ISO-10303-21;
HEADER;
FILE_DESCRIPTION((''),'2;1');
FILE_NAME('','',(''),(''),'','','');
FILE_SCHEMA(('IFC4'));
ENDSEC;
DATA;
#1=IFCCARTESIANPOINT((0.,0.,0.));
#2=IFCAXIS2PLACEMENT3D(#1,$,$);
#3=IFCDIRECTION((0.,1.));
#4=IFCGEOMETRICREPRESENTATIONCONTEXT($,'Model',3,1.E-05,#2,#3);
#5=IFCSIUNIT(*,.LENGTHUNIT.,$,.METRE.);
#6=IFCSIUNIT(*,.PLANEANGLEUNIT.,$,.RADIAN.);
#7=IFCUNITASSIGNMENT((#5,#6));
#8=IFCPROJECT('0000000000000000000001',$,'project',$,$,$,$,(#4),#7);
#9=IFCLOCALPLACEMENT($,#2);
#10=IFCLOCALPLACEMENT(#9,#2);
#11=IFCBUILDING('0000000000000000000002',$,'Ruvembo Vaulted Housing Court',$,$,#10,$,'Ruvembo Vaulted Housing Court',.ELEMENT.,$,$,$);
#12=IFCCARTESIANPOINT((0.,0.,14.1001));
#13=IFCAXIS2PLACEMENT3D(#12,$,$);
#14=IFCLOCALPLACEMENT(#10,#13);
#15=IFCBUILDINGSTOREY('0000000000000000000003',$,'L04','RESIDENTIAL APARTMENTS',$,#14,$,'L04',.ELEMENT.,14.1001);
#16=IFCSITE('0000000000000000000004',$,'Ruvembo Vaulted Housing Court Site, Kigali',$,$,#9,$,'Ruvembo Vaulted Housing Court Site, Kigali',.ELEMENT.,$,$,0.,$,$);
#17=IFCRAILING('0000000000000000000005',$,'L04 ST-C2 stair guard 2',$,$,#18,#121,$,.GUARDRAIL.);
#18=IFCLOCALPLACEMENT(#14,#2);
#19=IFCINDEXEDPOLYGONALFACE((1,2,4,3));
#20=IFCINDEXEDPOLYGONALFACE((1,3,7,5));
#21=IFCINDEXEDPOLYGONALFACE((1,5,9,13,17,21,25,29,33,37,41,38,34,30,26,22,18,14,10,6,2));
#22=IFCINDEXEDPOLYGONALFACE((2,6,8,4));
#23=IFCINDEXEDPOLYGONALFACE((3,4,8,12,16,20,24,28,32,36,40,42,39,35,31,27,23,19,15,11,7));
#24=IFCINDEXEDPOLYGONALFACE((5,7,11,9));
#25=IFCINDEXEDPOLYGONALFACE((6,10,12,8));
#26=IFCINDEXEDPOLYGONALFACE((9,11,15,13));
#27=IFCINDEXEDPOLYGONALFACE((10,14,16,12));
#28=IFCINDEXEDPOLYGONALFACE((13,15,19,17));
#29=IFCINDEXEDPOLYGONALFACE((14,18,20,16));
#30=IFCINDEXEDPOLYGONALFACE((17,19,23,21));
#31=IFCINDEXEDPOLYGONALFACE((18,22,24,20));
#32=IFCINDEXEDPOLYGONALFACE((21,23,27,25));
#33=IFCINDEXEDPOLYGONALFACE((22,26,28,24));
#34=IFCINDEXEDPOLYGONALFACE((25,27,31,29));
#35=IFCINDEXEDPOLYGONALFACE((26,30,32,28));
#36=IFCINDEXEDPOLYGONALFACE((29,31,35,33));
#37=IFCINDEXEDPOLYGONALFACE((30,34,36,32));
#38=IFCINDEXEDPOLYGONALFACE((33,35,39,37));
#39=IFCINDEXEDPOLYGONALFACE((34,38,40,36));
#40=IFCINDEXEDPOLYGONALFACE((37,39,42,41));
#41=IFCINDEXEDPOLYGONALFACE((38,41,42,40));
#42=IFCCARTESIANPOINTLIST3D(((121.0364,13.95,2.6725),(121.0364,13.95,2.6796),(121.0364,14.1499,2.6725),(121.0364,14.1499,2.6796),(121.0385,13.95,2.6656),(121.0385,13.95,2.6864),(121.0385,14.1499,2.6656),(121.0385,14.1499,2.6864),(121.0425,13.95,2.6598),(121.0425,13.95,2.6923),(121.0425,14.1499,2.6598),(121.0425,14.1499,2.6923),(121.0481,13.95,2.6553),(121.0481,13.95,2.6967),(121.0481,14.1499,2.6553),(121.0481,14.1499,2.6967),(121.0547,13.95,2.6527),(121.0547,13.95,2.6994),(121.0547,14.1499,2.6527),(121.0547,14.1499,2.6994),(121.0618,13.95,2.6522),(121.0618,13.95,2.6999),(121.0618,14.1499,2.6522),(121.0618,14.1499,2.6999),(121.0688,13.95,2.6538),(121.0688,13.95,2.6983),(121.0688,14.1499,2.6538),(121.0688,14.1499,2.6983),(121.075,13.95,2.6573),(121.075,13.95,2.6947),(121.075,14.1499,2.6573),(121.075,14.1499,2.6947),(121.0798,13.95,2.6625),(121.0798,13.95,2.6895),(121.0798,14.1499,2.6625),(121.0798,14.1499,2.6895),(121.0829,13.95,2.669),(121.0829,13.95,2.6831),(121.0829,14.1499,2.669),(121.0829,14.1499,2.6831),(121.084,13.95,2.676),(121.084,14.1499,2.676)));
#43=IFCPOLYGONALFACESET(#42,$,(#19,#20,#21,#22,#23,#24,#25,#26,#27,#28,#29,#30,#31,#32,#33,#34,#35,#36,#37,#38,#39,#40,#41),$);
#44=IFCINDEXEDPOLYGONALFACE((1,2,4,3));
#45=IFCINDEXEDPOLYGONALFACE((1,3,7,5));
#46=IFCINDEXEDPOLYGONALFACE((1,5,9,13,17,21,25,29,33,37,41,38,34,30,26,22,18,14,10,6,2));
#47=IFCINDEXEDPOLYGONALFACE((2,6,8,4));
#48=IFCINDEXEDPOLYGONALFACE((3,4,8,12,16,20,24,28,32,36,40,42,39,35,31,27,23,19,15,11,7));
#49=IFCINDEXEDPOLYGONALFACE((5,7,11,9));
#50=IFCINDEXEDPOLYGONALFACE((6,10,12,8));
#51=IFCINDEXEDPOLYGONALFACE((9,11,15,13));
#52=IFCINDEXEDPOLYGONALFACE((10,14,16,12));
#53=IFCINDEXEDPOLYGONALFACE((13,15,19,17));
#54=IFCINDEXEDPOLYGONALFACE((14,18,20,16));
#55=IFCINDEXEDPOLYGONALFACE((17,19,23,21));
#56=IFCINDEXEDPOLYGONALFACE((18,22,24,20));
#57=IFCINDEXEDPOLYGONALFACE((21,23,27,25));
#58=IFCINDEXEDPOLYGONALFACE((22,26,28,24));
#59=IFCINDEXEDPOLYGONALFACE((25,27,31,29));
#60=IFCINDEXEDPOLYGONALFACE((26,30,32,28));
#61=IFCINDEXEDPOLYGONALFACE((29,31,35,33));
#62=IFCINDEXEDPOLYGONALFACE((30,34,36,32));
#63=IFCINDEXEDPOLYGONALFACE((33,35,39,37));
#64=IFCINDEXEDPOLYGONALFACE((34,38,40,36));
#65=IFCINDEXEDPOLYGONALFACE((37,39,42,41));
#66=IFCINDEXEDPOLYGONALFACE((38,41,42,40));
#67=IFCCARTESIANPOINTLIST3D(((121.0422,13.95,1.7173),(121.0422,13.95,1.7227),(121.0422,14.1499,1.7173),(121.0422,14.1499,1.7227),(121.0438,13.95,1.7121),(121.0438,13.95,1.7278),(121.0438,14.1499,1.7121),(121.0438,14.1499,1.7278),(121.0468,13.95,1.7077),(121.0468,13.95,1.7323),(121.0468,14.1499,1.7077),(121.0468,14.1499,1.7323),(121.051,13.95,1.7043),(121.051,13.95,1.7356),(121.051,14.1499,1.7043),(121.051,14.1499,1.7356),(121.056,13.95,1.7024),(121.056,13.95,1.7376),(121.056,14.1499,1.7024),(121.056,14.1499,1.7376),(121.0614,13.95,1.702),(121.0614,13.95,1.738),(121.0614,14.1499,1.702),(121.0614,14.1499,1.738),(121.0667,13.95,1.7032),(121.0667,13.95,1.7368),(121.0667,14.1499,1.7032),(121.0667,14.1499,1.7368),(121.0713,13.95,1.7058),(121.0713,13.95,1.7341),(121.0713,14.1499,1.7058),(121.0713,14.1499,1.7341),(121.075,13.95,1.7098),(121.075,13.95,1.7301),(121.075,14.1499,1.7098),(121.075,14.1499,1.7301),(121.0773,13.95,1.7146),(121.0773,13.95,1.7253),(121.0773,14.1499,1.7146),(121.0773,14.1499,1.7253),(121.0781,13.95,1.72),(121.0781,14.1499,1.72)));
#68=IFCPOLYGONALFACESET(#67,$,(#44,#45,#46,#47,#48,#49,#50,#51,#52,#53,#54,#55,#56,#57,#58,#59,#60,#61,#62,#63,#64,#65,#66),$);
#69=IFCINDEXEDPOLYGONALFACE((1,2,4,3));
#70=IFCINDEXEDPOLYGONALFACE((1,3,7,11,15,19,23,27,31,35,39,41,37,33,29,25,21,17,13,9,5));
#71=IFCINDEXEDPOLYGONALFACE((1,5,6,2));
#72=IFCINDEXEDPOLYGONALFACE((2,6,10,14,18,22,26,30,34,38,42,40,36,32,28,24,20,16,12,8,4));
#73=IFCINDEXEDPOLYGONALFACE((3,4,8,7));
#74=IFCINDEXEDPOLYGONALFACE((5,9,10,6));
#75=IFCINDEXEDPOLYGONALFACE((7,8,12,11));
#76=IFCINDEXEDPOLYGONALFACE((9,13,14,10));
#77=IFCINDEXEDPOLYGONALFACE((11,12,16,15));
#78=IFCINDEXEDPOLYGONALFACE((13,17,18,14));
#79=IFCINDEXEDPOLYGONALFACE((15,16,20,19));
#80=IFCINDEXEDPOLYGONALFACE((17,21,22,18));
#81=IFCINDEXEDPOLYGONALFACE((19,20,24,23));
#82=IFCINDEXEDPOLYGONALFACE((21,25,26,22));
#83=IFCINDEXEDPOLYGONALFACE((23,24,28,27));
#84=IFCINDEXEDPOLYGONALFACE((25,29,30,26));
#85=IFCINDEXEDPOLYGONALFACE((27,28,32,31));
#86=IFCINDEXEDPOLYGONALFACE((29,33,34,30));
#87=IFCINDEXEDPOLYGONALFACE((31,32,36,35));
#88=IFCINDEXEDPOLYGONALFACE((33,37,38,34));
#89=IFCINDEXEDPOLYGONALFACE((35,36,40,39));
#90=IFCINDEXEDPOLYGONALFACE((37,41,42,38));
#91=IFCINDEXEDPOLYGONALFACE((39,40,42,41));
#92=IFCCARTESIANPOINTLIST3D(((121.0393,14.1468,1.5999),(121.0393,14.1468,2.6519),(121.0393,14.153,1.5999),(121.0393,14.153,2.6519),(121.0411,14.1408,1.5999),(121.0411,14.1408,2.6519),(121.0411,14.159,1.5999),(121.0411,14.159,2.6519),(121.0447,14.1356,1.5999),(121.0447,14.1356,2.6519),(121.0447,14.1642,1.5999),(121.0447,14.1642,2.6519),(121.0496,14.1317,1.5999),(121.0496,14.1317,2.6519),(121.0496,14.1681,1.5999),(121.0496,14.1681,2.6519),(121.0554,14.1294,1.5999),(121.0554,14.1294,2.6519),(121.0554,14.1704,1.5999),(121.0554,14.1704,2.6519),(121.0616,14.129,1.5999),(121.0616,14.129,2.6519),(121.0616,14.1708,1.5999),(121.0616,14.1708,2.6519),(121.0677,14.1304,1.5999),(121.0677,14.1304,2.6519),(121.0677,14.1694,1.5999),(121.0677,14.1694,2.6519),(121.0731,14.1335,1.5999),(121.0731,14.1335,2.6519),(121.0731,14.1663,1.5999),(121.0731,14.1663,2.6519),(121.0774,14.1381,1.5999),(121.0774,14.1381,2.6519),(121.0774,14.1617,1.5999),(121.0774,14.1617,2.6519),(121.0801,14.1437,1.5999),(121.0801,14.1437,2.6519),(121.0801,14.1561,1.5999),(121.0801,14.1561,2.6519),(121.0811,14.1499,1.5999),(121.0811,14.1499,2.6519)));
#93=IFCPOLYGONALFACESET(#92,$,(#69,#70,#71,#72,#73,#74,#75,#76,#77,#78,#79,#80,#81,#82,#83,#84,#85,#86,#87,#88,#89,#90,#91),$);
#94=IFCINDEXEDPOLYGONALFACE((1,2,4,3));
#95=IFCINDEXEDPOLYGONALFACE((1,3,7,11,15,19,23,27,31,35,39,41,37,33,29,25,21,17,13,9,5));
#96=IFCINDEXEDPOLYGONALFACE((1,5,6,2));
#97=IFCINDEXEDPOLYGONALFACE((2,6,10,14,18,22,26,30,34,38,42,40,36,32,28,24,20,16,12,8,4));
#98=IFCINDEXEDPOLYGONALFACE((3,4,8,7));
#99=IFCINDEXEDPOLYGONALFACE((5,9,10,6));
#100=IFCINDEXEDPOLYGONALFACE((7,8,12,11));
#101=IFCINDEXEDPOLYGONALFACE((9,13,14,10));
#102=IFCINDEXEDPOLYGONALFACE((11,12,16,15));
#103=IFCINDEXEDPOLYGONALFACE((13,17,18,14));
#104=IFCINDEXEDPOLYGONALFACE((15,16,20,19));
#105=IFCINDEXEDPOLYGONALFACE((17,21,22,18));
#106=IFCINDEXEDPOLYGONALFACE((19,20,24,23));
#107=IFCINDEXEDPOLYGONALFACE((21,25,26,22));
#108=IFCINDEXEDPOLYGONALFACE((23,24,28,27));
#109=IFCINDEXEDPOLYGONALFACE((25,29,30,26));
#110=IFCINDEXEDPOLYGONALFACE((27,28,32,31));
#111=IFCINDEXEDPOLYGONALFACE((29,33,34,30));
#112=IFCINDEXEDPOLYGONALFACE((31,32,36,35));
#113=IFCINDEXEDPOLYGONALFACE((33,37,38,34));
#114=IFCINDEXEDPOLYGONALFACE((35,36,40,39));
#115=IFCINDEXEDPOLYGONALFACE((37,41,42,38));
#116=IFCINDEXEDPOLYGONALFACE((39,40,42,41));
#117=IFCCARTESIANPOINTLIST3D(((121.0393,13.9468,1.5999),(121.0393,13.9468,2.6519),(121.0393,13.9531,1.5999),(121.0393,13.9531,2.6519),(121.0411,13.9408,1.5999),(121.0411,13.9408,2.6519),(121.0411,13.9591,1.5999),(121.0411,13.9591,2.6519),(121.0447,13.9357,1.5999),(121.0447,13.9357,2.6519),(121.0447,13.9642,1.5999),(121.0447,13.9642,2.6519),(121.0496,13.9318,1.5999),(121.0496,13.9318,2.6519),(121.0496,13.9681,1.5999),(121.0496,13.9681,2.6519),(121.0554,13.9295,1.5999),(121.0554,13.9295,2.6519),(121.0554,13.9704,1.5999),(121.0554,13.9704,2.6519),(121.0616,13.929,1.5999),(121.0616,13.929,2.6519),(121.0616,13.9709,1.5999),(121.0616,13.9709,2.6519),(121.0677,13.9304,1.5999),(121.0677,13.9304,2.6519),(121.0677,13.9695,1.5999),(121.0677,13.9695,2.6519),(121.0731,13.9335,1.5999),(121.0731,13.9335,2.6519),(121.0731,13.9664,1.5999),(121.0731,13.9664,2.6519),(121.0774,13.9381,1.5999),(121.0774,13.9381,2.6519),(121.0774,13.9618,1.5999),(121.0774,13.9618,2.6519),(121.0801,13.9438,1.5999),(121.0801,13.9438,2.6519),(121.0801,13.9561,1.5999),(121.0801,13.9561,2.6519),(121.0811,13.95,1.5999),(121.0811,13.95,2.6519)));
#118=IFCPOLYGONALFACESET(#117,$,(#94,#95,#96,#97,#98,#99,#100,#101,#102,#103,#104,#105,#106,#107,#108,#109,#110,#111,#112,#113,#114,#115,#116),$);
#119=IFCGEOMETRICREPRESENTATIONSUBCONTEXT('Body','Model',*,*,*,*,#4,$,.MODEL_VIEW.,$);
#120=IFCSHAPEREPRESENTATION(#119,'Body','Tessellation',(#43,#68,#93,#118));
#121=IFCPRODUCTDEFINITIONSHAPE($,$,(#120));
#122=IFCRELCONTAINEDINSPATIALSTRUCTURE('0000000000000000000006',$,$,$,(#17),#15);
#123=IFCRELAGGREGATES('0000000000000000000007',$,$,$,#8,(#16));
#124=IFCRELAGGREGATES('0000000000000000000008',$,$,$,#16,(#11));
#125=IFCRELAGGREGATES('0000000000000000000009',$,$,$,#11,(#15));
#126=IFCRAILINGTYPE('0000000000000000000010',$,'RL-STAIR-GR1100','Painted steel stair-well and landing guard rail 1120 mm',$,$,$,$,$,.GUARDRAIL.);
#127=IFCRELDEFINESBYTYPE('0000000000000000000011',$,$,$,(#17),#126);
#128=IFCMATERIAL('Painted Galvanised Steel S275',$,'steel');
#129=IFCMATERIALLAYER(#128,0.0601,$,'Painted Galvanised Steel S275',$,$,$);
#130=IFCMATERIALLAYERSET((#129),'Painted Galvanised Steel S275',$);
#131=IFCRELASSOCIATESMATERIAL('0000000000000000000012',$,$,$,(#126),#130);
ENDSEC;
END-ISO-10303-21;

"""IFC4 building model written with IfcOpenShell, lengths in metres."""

from ifc_helpers import new_model, si_unit, direction, frame, origin, origin_2d, place, context, subcontext, project, spatial, circle, extrude, material, layer, layer_set, type_object, element, save


model = new_model("IFC4")

# Units and contexts
model_context = context("Model", 3, precision=1e-05, world=origin(), true_north=direction((0.0, 1.0)))
body_context = subcontext(model_context, "Body", "Model", "MODEL_VIEW")
ifc_project = project(units=[si_unit("LENGTHUNIT", "METRE"), si_unit("PLANEANGLEUNIT", "RADIAN")], contexts=[model_context])

# Site, building, storey
site_placement = place(None, origin())
site = spatial("IfcSite", under=ifc_project, at=site_placement, Name="Ruvembo Vaulted Housing Court Site, Kigali", LongName="Ruvembo Vaulted Housing Court Site, Kigali", CompositionType="ELEMENT", RefElevation=0.0)
building_placement = place(site_placement, origin())
building = spatial("IfcBuilding", under=site, at=building_placement, Name="Ruvembo Vaulted Housing Court", LongName="Ruvembo Vaulted Housing Court", CompositionType="ELEMENT")
storey_placement = place(building_placement, frame((0.0, 0.0, 14.1001)))
storey = spatial("IfcBuildingStorey", under=building, at=storey_placement, Name="L04", Description="RESIDENTIAL APARTMENTS", LongName="L04", CompositionType="ELEMENT", Elevation=14.1001)

# Railing
ifc_material_1 = material(Name="Painted Galvanised Steel S275", Category="steel")
ifc_layer_1 = layer(ifc_material_1, 0.0601, Name="Painted Galvanised Steel S275")
ifc_layer_set_1 = layer_set([ifc_layer_1], Name="Painted Galvanised Steel S275")
railing_type_1 = type_object("IfcRailingType", Name="RL-STAIR-GR1100", Description="Painted steel stair-well and landing guard rail 1120 mm", PredefinedType="GUARDRAIL", material=ifc_layer_set_1)
railing_1_placement = place(storey_placement, frame((121.0601, 14.1499, 1.5999)))
element("IfcRailing", 1, at=railing_1_placement, inside=storey, type_object=railing_type_1, Name="L04 ST-C2 stair guard 2", PredefinedType="GUARDRAIL", context=body_context, shape_type="SweptSolid", body=[
    extrude(circle(Radius=0.0239, at=origin_2d()), frame((0.0, 0.0, 1.0762), z_axis=(0.0, -1.0, 0.0), x_axis=(1.0, 0.0, 0.0)), (0.0, 0.0, 1.0), 0.2),
    extrude(circle(Radius=0.0181, at=origin_2d()), frame((0.0, 0.0, 0.1201), z_axis=(0.0, -1.0, 0.0), x_axis=(1.0, 0.0, 0.0)), (0.0, 0.0, 1.0), 0.2),
    extrude(circle(Radius=0.021, at=origin_2d()), origin(), (0.0, 0.0, 1.0), 1.052),
    extrude(circle(Radius=0.021, at=origin_2d()), frame((0.0, -0.2, 0.0)), (0.0, 0.0, 1.0), 1.052),
])

save(model, "model.ifc")
